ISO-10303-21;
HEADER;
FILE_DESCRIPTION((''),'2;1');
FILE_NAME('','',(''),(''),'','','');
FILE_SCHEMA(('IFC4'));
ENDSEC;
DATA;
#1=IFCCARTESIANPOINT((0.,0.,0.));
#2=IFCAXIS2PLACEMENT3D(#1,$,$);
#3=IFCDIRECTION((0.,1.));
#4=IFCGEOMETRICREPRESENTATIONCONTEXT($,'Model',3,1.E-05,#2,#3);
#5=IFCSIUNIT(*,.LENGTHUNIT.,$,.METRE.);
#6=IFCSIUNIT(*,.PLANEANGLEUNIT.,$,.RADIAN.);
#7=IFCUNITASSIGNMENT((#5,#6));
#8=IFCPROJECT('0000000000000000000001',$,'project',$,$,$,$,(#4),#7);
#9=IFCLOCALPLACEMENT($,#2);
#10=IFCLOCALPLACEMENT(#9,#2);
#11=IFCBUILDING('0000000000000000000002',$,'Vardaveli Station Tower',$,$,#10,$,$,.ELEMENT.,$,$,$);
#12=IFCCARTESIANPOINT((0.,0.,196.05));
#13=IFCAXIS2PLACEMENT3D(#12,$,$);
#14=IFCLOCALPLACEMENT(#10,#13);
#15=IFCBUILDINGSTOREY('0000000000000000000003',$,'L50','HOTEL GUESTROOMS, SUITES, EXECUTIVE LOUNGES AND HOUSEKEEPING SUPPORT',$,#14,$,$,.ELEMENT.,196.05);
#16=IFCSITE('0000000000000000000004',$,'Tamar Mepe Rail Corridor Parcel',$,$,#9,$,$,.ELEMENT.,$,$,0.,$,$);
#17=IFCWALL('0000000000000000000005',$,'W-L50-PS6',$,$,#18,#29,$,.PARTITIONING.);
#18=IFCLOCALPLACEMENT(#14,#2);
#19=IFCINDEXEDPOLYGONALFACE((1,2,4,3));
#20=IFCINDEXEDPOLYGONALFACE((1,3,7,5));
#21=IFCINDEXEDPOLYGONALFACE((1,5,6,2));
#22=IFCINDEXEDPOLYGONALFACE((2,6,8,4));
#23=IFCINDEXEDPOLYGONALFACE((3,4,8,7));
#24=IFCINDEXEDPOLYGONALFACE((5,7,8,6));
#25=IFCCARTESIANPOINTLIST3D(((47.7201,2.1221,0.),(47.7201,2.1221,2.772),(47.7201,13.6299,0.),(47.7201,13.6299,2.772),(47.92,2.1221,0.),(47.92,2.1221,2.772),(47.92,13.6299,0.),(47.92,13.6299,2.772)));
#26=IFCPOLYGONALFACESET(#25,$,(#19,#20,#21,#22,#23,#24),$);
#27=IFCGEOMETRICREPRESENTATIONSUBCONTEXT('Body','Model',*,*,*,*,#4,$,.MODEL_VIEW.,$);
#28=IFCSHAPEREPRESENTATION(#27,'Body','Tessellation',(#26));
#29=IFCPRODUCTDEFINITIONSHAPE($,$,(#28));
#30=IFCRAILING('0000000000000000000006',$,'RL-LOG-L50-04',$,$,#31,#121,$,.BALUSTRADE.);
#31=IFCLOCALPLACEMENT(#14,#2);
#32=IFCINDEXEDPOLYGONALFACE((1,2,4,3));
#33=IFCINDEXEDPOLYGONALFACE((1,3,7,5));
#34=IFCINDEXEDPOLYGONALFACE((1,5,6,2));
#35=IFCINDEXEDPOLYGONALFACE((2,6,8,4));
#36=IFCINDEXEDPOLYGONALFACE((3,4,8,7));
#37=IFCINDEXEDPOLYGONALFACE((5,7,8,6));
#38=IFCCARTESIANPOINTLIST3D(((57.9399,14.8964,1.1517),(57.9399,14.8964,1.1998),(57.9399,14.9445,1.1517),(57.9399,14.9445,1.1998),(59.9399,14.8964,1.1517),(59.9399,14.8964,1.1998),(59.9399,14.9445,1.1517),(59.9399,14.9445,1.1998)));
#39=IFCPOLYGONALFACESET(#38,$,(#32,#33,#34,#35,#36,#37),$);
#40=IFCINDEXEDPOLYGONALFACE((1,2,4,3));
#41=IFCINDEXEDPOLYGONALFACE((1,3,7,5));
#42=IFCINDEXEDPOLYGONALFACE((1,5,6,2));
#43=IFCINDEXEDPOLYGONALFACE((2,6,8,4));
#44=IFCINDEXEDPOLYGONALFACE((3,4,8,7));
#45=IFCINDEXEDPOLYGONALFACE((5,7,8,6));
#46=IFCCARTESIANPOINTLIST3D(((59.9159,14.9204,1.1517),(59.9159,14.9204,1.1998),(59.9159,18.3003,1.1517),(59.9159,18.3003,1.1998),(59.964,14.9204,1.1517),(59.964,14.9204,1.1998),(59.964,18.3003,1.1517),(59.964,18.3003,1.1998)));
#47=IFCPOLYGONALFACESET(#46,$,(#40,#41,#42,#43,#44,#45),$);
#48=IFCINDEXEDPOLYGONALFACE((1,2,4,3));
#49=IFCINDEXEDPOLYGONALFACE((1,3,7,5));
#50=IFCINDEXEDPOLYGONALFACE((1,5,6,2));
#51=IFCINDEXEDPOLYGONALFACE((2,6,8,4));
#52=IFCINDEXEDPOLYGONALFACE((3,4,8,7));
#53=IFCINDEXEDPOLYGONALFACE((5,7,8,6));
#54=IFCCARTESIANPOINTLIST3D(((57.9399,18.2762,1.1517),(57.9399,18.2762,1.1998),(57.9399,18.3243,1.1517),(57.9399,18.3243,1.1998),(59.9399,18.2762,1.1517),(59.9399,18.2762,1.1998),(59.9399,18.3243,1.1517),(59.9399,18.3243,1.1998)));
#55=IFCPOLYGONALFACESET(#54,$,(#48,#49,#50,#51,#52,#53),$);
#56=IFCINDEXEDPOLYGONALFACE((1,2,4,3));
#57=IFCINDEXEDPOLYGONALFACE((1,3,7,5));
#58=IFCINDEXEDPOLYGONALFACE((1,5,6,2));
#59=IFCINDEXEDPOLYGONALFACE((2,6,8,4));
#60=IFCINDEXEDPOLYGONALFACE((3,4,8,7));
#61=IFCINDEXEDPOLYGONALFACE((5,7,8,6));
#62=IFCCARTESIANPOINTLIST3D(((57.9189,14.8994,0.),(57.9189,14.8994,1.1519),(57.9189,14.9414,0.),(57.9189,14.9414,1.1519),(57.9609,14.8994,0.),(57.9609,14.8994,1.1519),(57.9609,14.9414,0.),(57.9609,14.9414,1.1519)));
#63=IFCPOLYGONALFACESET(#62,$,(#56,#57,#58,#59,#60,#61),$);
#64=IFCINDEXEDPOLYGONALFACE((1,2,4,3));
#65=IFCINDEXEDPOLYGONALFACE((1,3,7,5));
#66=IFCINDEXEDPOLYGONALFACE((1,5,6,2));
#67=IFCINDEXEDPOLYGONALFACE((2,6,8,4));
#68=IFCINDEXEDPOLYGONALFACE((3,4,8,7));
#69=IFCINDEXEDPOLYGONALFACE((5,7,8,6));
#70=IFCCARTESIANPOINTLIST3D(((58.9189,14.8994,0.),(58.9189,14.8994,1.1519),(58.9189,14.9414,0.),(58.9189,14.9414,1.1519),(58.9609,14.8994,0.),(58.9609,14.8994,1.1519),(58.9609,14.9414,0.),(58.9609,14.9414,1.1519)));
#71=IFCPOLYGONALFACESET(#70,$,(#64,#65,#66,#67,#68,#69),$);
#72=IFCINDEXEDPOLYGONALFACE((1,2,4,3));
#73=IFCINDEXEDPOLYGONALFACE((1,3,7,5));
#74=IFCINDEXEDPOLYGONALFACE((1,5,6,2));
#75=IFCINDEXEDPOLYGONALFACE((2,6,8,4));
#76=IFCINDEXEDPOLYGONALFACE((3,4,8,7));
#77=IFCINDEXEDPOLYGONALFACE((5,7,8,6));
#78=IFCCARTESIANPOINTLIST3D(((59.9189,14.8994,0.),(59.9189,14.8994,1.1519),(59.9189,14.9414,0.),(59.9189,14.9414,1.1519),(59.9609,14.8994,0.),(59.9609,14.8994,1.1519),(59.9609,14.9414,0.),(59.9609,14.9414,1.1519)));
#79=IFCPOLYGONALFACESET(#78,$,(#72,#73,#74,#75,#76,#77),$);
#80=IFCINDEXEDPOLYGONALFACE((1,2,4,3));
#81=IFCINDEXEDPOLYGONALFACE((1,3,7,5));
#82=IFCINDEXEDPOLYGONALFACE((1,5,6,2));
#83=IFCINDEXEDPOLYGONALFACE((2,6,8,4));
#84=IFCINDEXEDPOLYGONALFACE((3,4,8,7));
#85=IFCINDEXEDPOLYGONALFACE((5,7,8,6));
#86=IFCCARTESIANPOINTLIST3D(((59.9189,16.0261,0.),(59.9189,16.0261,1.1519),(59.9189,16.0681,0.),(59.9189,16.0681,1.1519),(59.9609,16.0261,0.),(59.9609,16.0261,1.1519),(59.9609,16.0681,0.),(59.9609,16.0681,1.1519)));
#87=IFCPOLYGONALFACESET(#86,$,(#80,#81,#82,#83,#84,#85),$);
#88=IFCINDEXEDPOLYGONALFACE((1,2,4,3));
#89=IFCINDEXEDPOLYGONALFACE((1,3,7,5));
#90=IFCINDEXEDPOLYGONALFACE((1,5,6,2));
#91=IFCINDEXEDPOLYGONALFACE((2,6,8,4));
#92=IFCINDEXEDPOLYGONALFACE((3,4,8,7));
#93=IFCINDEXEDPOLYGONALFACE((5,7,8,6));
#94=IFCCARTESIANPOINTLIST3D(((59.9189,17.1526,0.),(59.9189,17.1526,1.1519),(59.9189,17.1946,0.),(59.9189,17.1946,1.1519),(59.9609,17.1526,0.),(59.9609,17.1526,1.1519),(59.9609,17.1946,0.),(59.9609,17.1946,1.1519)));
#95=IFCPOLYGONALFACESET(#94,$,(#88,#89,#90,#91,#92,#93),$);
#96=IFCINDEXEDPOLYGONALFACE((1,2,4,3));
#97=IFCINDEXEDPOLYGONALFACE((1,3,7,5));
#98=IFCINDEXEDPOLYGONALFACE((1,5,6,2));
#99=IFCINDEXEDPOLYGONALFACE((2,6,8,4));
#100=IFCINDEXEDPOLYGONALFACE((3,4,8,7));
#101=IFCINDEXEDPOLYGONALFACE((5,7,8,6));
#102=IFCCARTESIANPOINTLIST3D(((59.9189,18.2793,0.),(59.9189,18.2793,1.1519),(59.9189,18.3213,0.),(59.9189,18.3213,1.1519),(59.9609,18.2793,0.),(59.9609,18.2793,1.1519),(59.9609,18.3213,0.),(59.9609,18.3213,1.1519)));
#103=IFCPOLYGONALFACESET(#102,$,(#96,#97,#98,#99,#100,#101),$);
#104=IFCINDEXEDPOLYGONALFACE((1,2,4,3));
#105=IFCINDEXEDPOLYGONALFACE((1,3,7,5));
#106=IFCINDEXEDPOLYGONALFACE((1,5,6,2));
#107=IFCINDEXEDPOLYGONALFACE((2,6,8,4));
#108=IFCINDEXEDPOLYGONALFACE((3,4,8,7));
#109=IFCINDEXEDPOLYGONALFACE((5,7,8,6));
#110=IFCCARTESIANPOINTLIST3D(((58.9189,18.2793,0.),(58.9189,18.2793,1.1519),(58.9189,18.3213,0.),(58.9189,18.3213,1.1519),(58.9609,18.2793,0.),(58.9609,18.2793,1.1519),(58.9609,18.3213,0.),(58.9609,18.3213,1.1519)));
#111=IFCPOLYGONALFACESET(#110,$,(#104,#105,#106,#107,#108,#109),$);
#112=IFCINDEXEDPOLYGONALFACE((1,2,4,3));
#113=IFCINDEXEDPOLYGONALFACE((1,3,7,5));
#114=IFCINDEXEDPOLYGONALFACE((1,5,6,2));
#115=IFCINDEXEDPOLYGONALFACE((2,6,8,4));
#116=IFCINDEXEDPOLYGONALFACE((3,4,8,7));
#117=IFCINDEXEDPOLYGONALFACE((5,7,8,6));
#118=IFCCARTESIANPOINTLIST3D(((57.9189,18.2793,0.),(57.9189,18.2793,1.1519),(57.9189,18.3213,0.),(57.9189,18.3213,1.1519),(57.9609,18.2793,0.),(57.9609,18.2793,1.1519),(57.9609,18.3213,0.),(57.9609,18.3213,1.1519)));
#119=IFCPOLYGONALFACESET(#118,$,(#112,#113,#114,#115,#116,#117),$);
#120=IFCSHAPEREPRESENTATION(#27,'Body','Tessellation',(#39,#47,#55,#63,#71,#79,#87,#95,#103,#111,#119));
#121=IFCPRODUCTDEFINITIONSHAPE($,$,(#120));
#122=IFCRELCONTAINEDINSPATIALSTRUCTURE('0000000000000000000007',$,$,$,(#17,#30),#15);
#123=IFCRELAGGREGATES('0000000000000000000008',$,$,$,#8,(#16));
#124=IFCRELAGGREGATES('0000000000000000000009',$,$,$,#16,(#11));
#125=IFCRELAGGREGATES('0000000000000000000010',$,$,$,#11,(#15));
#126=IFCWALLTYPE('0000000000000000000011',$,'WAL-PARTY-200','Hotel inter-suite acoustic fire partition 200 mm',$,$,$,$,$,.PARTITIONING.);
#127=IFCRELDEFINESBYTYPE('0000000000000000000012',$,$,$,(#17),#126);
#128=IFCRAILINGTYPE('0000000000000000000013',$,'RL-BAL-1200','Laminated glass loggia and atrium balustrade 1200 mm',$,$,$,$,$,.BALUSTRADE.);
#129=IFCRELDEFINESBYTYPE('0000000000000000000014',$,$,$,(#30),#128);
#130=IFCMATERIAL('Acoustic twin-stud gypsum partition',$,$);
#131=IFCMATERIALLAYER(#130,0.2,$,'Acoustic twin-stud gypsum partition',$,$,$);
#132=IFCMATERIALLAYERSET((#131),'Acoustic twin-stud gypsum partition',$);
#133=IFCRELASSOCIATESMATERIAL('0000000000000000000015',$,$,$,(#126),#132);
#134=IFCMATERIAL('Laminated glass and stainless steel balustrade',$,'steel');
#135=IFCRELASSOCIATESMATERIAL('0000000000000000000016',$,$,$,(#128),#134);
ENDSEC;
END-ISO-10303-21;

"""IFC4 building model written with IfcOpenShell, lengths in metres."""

from ifc_helpers import new_model, si_unit, direction, frame, frame_2d, origin, origin_2d, place, context, subcontext, project, spatial, rectangle, extrude, source, transform, mapped, material, layer, layer_set, type_object, element, save


model = new_model("IFC4")

# Units and contexts
model_context = context("Model", 3, precision=1e-05, world=origin(), true_north=direction((0.0, 1.0)))
body_context = subcontext(model_context, "Body", "Model", "MODEL_VIEW")
ifc_project = project(units=[si_unit("LENGTHUNIT", "METRE"), si_unit("PLANEANGLEUNIT", "RADIAN")], contexts=[model_context])

# Site, building, storey
site_placement = place(None, origin())
site = spatial("IfcSite", under=ifc_project, at=site_placement, Name="Tamar Mepe Rail Corridor Parcel", CompositionType="ELEMENT", RefElevation=0.0)
building_placement = place(site_placement, origin())
building = spatial("IfcBuilding", under=site, at=building_placement, Name="Vardaveli Station Tower", CompositionType="ELEMENT")
storey_placement = place(building_placement, frame((0.0, 0.0, 196.05)))
storey = spatial("IfcBuildingStorey", under=building, at=storey_placement, Name="L50", Description="HOTEL GUESTROOMS, SUITES, EXECUTIVE LOUNGES AND HOUSEKEEPING SUPPORT", CompositionType="ELEMENT", Elevation=196.05)

# Wall
ifc_material_1 = material(Name="Acoustic twin-stud gypsum partition")
ifc_layer_1 = layer(ifc_material_1, 0.2, Name="Acoustic twin-stud gypsum partition")
ifc_layer_set_1 = layer_set([ifc_layer_1], Name="Acoustic twin-stud gypsum partition")
wall_type_1 = type_object("IfcWallType", Name="WAL-PARTY-200", Description="Hotel inter-suite acoustic fire partition 200 mm", PredefinedType="PARTITIONING", material=ifc_layer_set_1)
shared_shape_1 = source(origin(), body_context, "Body", "SweptSolid", [
    extrude(rectangle(XDim=11.5078, YDim=0.2, at=frame_2d((5.7539, 0.0))), origin(), (0.0, 0.0, 1.0), 2.772),
])
wall_1_placement = place(storey_placement, frame((47.8201, 2.1221, 0.0), z_axis=(0.0, 0.0, 1.0), x_axis=(0.0, 1.0, 0.0)))
element("IfcWall", 1, at=wall_1_placement, inside=storey, type_object=wall_type_1, Name="W-L50-PS6", PredefinedType="PARTITIONING", context=body_context, shape_type="MappedRepresentation", body=[
    mapped(shared_shape_1, transform((0.0, 0.0, 0.0), scale=1.0)),
])

# Railing
ifc_material_2 = material(Name="Laminated glass and stainless steel balustrade", Category="steel")
railing_type = type_object("IfcRailingType", Name="RL-BAL-1200", Description="Laminated glass loggia and atrium balustrade 1200 mm", PredefinedType="BALUSTRADE", material=ifc_material_2)
shared_shape_2 = source(origin(), body_context, "Body", "SweptSolid", [
    extrude(rectangle(XDim=0.0481, YDim=0.0481, at=origin_2d()), frame((0.0, 0.0, 1.1758), z_axis=(1.0, 0.0, 0.0), x_axis=(0.0, 1.0, 0.0)), (0.0, 0.0, 1.0), 2.0),
    extrude(rectangle(XDim=0.0481, YDim=0.0481, at=origin_2d()), frame((2.0, 0.0, 1.1758), z_axis=(0.0, 1.0, 0.0), x_axis=(-1.0, 0.0, 0.0)), (0.0, 0.0, 1.0), 3.3799),
    extrude(rectangle(XDim=0.0481, YDim=0.0481, at=origin_2d()), frame((2.0, 3.3799, 1.1758), z_axis=(-1.0, 0.0, 0.0), x_axis=(0.0, -1.0, 0.0)), (0.0, 0.0, 1.0), 2.0),
    extrude(rectangle(XDim=0.042, YDim=0.042, at=origin_2d()), origin(), (0.0, 0.0, 1.0), 1.1519),
    extrude(rectangle(XDim=0.042, YDim=0.042, at=origin_2d()), frame((1.0, 0.0, 0.0)), (0.0, 0.0, 1.0), 1.1519),
    extrude(rectangle(XDim=0.042, YDim=0.042, at=origin_2d()), frame((2.0, 0.0, 0.0)), (0.0, 0.0, 1.0), 1.1519),
    extrude(rectangle(XDim=0.042, YDim=0.042, at=origin_2d()), frame((2.0, 1.1267, 0.0)), (0.0, 0.0, 1.0), 1.1519),
    extrude(rectangle(XDim=0.042, YDim=0.042, at=origin_2d()), frame((2.0, 2.2532, 0.0)), (0.0, 0.0, 1.0), 1.1519),
    extrude(rectangle(XDim=0.042, YDim=0.042, at=origin_2d()), frame((2.0, 3.3799, 0.0)), (0.0, 0.0, 1.0), 1.1519),
    extrude(rectangle(XDim=0.042, YDim=0.042, at=origin_2d()), frame((1.0, 3.3799, 0.0)), (0.0, 0.0, 1.0), 1.1519),
    extrude(rectangle(XDim=0.042, YDim=0.042, at=origin_2d()), frame((0.0, 3.3799, 0.0)), (0.0, 0.0, 1.0), 1.1519),
])
railing_placement = place(storey_placement, frame((57.9399, 14.9204, 0.0)))
element("IfcRailing", 2, at=railing_placement, inside=storey, type_object=railing_type, Name="RL-LOG-L50-04", PredefinedType="BALUSTRADE", context=body_context, shape_type="MappedRepresentation", body=[
    mapped(shared_shape_2, transform((0.0, 0.0, 0.0), scale=1.0)),
])

save(model, "model.ifc")
